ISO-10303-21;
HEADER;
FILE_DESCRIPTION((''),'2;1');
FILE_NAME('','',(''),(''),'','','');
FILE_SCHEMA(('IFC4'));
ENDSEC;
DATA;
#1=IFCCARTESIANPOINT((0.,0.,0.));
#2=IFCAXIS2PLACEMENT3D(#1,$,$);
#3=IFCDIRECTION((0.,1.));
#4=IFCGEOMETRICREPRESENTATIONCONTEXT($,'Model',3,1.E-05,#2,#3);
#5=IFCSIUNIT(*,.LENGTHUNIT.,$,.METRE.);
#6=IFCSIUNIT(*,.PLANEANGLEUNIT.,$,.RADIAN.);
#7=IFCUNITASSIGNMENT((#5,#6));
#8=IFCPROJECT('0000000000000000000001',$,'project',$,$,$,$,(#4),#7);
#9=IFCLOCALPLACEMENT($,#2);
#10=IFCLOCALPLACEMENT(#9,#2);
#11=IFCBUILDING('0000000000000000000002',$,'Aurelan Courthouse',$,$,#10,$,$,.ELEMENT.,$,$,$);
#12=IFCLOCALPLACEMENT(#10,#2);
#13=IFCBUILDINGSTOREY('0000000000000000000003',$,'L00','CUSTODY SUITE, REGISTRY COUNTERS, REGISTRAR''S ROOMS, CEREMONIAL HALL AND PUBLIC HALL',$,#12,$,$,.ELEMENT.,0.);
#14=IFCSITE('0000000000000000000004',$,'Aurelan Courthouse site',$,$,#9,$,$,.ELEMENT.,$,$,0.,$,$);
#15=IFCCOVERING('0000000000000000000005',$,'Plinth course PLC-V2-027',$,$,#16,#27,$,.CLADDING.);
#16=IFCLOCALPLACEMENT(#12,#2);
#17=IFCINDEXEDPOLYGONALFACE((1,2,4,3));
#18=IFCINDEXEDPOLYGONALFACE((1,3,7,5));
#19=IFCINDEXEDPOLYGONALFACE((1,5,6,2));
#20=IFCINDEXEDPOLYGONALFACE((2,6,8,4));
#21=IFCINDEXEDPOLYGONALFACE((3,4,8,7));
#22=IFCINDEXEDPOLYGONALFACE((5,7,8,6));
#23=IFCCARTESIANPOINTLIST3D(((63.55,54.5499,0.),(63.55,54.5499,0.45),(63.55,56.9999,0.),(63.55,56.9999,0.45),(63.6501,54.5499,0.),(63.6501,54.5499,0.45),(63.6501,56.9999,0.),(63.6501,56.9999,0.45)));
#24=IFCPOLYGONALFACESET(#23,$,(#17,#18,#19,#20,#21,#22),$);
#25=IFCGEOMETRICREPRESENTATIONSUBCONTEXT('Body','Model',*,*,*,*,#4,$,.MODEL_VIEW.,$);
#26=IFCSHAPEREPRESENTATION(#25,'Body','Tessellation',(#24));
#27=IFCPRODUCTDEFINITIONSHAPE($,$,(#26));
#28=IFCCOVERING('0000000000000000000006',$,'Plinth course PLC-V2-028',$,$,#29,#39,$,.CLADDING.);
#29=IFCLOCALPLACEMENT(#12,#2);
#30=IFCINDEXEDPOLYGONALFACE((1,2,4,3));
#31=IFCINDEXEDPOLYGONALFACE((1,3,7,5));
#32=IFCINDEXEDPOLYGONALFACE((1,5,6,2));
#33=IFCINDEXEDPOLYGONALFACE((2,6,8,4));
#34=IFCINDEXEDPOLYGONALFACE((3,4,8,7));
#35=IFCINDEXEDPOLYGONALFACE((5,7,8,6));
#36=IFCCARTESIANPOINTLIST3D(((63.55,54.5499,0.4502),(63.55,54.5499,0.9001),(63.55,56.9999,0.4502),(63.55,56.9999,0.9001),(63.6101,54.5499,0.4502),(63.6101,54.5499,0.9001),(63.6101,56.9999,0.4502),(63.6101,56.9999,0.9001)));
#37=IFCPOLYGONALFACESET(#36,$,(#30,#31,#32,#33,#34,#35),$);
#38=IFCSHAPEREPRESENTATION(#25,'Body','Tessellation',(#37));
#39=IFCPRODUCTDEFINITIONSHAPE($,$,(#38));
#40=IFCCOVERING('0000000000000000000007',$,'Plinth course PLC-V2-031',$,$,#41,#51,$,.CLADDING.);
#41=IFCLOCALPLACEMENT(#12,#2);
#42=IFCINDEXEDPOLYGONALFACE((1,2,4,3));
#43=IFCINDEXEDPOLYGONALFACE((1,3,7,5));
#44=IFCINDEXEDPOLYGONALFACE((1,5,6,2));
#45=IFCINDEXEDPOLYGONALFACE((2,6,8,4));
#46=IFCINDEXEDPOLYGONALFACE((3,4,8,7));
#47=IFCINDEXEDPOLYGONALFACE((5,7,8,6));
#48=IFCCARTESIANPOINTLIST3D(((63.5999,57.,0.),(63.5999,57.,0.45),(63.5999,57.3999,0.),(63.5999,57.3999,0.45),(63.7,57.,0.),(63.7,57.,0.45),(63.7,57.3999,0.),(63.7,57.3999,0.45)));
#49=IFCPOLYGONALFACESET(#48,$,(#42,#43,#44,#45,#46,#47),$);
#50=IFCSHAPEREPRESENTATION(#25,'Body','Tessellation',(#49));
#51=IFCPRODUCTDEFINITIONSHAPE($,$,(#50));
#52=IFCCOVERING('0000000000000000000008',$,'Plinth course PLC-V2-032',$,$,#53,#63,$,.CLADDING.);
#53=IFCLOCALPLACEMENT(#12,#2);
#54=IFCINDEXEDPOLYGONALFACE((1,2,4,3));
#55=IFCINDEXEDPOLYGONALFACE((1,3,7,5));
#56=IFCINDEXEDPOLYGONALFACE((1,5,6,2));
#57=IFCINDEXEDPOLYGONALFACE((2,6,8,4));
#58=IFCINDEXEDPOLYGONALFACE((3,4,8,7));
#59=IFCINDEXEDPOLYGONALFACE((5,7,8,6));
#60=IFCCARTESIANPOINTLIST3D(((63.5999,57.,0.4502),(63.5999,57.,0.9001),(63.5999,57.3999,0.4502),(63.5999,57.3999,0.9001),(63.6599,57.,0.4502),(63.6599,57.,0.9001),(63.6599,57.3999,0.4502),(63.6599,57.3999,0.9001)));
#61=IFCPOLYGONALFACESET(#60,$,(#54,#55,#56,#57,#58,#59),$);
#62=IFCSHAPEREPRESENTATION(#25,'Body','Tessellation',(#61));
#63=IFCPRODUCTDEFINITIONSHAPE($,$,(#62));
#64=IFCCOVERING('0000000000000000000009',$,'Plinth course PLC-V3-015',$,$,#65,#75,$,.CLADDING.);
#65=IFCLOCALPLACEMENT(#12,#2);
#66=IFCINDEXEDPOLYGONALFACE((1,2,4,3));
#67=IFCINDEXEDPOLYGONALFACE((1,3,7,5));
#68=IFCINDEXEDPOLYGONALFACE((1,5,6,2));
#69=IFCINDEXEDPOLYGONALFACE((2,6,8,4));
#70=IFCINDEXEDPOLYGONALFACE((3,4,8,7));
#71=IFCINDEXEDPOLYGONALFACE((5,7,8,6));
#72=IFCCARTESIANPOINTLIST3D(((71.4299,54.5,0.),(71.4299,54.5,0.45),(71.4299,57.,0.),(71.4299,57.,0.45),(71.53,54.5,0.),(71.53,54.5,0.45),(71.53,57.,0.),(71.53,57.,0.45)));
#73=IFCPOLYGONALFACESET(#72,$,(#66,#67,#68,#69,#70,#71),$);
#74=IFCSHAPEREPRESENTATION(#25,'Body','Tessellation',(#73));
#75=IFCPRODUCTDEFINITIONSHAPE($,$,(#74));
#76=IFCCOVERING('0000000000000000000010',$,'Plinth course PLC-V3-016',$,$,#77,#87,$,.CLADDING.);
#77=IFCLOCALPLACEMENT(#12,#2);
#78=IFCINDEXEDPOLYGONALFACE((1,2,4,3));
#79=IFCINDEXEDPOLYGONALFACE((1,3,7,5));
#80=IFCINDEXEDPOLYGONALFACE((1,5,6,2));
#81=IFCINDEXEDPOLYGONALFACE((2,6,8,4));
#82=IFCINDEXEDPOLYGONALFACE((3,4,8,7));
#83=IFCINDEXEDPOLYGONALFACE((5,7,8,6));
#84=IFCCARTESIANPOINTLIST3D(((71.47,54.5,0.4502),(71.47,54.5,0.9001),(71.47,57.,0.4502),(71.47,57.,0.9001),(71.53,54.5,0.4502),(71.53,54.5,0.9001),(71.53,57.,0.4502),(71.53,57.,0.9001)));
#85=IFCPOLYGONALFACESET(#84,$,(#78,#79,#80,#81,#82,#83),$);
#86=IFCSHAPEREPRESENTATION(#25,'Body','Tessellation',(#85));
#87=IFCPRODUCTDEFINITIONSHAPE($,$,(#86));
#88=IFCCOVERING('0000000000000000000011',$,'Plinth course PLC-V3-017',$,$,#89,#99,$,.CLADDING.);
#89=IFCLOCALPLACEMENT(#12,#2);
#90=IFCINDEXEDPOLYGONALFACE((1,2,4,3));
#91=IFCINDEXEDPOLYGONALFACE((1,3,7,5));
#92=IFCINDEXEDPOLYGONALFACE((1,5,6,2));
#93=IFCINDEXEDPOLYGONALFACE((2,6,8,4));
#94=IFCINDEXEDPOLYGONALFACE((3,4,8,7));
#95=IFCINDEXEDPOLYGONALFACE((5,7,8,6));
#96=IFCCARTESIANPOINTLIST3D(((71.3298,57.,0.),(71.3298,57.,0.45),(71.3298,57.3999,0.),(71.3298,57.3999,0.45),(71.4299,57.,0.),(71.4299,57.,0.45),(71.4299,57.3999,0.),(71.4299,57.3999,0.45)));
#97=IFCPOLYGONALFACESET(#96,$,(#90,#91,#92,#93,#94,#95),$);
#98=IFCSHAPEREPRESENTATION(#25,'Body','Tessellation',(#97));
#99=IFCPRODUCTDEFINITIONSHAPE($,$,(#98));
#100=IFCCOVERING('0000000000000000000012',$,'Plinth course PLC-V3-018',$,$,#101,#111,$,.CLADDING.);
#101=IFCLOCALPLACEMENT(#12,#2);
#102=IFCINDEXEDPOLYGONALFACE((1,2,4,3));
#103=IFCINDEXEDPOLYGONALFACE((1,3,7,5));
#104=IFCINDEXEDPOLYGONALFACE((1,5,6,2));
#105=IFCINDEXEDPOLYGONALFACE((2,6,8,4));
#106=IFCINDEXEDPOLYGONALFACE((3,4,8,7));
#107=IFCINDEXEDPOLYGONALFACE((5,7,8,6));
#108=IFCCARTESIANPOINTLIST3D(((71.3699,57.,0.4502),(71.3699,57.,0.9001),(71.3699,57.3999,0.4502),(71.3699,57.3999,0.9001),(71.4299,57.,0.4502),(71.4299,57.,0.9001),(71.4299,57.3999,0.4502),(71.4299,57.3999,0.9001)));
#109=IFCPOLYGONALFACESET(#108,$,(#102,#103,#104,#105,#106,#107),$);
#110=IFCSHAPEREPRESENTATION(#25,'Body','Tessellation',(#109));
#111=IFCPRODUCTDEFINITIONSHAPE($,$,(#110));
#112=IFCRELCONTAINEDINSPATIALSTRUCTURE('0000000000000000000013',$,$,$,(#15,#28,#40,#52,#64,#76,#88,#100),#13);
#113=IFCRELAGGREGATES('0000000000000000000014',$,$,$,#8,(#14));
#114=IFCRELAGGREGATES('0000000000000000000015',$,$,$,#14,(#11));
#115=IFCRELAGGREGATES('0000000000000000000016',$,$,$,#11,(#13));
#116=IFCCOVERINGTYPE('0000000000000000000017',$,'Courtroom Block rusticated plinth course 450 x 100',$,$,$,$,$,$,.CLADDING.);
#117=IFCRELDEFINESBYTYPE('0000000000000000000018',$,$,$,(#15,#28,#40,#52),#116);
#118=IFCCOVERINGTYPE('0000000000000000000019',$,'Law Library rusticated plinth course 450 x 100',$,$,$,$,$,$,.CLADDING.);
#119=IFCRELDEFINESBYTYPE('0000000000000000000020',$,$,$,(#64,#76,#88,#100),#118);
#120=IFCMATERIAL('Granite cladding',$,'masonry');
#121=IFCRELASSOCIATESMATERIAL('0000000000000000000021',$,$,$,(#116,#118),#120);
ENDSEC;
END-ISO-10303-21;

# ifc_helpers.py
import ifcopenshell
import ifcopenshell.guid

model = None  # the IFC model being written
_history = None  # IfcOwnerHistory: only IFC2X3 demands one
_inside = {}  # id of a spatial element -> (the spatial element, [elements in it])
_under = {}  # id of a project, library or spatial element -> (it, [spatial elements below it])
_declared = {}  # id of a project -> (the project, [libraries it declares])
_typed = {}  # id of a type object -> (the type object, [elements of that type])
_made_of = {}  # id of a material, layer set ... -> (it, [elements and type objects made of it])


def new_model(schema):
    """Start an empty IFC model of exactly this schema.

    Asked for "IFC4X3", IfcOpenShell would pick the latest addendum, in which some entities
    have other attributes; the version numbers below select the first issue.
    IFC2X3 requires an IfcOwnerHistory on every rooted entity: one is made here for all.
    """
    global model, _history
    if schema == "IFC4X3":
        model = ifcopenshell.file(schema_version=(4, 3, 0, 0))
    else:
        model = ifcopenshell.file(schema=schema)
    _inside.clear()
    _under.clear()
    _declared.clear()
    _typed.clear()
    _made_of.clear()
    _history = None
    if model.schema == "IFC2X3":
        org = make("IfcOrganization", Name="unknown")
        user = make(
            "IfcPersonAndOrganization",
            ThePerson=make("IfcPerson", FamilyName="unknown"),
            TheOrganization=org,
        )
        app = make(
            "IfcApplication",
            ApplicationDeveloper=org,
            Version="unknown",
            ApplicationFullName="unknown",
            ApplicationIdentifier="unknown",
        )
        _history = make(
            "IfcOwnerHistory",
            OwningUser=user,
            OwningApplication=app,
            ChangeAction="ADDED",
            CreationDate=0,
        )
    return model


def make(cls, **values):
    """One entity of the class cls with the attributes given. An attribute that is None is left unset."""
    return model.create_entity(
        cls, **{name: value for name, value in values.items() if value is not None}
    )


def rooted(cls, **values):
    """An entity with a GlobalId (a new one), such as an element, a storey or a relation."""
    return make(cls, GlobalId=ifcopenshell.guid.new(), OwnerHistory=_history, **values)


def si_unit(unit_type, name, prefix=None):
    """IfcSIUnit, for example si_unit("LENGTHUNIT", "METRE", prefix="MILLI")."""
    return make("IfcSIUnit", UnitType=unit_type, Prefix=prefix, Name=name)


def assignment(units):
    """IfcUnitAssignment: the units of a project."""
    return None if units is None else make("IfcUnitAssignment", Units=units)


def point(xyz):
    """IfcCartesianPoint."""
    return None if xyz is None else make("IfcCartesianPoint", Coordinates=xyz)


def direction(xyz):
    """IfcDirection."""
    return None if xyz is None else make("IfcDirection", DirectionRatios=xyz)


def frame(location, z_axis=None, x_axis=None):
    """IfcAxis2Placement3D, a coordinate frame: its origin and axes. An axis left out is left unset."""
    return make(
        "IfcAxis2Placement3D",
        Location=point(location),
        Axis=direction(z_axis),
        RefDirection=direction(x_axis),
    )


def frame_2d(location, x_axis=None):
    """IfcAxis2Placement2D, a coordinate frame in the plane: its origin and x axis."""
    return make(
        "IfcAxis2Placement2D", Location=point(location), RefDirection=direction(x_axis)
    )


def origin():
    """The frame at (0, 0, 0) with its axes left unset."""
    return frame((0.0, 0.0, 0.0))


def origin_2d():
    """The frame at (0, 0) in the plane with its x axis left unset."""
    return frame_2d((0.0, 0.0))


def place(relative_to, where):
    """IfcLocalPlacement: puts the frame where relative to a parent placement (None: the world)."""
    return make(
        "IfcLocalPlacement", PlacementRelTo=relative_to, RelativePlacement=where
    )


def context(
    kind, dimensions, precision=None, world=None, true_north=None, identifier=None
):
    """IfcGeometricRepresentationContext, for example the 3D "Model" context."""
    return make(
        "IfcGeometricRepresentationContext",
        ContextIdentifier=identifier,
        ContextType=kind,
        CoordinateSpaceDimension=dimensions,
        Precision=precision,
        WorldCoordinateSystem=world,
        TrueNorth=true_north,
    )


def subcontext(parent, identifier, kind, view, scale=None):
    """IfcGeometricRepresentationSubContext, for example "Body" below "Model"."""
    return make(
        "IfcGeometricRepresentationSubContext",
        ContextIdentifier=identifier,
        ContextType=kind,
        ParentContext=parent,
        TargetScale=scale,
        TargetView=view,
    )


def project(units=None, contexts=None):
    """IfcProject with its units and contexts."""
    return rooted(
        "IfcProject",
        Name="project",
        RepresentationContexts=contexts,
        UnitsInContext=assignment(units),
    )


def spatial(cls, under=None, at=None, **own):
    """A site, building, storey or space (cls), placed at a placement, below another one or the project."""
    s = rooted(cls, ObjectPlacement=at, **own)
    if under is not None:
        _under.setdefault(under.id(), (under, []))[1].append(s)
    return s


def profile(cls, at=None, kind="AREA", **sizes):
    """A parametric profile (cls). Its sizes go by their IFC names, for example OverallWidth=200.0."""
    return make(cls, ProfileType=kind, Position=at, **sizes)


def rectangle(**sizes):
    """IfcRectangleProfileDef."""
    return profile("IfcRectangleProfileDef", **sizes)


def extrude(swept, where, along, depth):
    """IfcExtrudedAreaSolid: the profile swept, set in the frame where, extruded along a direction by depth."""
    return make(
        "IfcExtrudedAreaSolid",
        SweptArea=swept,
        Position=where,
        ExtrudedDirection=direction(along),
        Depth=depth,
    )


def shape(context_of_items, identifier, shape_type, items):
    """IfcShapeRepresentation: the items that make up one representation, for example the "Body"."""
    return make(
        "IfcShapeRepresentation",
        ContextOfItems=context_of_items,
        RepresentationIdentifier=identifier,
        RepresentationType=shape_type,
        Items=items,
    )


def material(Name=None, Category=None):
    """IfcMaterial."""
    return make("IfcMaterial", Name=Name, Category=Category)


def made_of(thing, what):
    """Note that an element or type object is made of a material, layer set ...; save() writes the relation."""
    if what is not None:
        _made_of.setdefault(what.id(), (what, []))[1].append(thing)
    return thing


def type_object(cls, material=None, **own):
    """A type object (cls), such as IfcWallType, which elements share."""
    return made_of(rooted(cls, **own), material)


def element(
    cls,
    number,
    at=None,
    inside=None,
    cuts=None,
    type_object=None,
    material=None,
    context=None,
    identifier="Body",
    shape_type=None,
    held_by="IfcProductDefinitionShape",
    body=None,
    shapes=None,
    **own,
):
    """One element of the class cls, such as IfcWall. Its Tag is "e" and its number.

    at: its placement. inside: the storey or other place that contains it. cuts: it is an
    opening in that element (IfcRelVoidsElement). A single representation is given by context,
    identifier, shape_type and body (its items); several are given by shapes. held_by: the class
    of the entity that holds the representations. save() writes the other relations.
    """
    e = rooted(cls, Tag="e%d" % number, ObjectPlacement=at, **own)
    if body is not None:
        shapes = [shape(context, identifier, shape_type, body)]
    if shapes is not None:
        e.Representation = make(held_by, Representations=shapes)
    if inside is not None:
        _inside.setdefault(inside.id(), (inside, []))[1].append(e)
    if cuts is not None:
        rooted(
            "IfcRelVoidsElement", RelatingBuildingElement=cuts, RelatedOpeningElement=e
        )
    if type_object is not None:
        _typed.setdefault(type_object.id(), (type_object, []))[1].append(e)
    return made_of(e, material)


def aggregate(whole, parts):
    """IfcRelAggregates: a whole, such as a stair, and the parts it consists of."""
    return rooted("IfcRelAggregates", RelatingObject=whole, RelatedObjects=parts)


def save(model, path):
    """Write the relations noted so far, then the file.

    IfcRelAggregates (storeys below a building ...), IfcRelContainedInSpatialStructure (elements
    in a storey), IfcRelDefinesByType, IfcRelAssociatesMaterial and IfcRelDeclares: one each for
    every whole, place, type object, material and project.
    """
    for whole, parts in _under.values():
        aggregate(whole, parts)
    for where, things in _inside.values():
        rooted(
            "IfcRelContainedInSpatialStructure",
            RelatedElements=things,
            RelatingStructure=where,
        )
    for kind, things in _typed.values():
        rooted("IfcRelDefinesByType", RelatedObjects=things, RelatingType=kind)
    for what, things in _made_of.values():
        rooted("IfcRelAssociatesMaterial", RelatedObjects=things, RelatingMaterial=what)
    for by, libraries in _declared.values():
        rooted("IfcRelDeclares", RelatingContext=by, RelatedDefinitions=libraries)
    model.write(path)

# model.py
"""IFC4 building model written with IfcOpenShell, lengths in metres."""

from ifc_helpers import new_model, si_unit, direction, frame, origin, origin_2d, place, context, subcontext, project, spatial, rectangle, extrude, material, type_object, element, save


model = new_model("IFC4")

# Units and contexts
model_context = context("Model", 3, precision=1e-05, world=origin(), true_north=direction((0.0, 1.0)))
body_context = subcontext(model_context, "Body", "Model", "MODEL_VIEW")
ifc_project = project(units=[si_unit("LENGTHUNIT", "METRE"), si_unit("PLANEANGLEUNIT", "RADIAN")], contexts=[model_context])

# Site, building, storey
site_placement = place(None, origin())
site = spatial("IfcSite", under=ifc_project, at=site_placement, Name="Aurelan Courthouse site", CompositionType="ELEMENT", RefElevation=0.0)
building_placement = place(site_placement, origin())
building = spatial("IfcBuilding", under=site, at=building_placement, Name="Aurelan Courthouse", CompositionType="ELEMENT")
storey_placement = place(building_placement, origin())
storey = spatial("IfcBuildingStorey", under=building, at=storey_placement, Name="L00", Description="CUSTODY SUITE, REGISTRY COUNTERS, REGISTRAR'S ROOMS, CEREMONIAL HALL AND PUBLIC HALL", CompositionType="ELEMENT", Elevation=0.0)

# Shared definitions
ifc_material_1 = material(Name="Granite cladding", Category="masonry")

# Coverings
covering_type_1 = type_object("IfcCoveringType", Name="Courtroom Block rusticated plinth course 450 x 100", PredefinedType="CLADDING", material=ifc_material_1)
covering_1_placement = place(storey_placement, frame((63.6001, 55.7749, 0.0), z_axis=(0.0, 0.0, 1.0), x_axis=(1.0, 0.0, 0.0)))
element("IfcCovering", 1, at=covering_1_placement, inside=storey, type_object=covering_type_1, Name="Plinth course PLC-V2-027", PredefinedType="CLADDING", context=body_context, shape_type="SweptSolid", body=[
    extrude(rectangle(XDim=0.1001, YDim=2.45, at=origin_2d()), origin(), (0.0, 0.0, 1.0), 0.45),
])
covering_2_placement = place(storey_placement, frame((63.5801, 55.7749, 0.4502), z_axis=(0.0, 0.0, 1.0), x_axis=(1.0, 0.0, 0.0)))
element("IfcCovering", 2, at=covering_2_placement, inside=storey, type_object=covering_type_1, Name="Plinth course PLC-V2-028", PredefinedType="CLADDING", context=body_context, shape_type="SweptSolid", body=[
    extrude(rectangle(XDim=0.0601, YDim=2.45, at=origin_2d()), origin(), (0.0, 0.0, 1.0), 0.45),
])
covering_3_placement = place(storey_placement, frame((63.6499, 57.2, 0.0), z_axis=(0.0, 0.0, 1.0), x_axis=(1.0, 0.0, 0.0)))
element("IfcCovering", 3, at=covering_3_placement, inside=storey, type_object=covering_type_1, Name="Plinth course PLC-V2-031", PredefinedType="CLADDING", context=body_context, shape_type="SweptSolid", body=[
    extrude(rectangle(XDim=0.1001, YDim=0.3999, at=origin_2d()), origin(), (0.0, 0.0, 1.0), 0.45),
])
covering_4_placement = place(storey_placement, frame((63.6299, 57.2, 0.4502), z_axis=(0.0, 0.0, 1.0), x_axis=(1.0, 0.0, 0.0)))
element("IfcCovering", 4, at=covering_4_placement, inside=storey, type_object=covering_type_1, Name="Plinth course PLC-V2-032", PredefinedType="CLADDING", context=body_context, shape_type="SweptSolid", body=[
    extrude(rectangle(XDim=0.0601, YDim=0.3999, at=origin_2d()), origin(), (0.0, 0.0, 1.0), 0.45),
])
covering_type_2 = type_object("IfcCoveringType", Name="Law Library rusticated plinth course 450 x 100", PredefinedType="CLADDING", material=ifc_material_1)
covering_5_placement = place(storey_placement, frame((71.48, 55.75, 0.0), z_axis=(0.0, 0.0, 1.0), x_axis=(1.0, 0.0, 0.0)))
element("IfcCovering", 5, at=covering_5_placement, inside=storey, type_object=covering_type_2, Name="Plinth course PLC-V3-015", PredefinedType="CLADDING", context=body_context, shape_type="SweptSolid", body=[
    extrude(rectangle(XDim=0.1001, YDim=2.5, at=origin_2d()), origin(), (0.0, 0.0, 1.0), 0.45),
])
covering_6_placement = place(storey_placement, frame((71.5, 55.75, 0.4502), z_axis=(0.0, 0.0, 1.0), x_axis=(1.0, 0.0, 0.0)))
element("IfcCovering", 6, at=covering_6_placement, inside=storey, type_object=covering_type_2, Name="Plinth course PLC-V3-016", PredefinedType="CLADDING", context=body_context, shape_type="SweptSolid", body=[
    extrude(rectangle(XDim=0.0601, YDim=2.5, at=origin_2d()), origin(), (0.0, 0.0, 1.0), 0.45),
])
covering_7_placement = place(storey_placement, frame((71.3799, 57.2, 0.0), z_axis=(0.0, 0.0, 1.0), x_axis=(1.0, 0.0, 0.0)))
element("IfcCovering", 7, at=covering_7_placement, inside=storey, type_object=covering_type_2, Name="Plinth course PLC-V3-017", PredefinedType="CLADDING", context=body_context, shape_type="SweptSolid", body=[
    extrude(rectangle(XDim=0.1001, YDim=0.3999, at=origin_2d()), origin(), (0.0, 0.0, 1.0), 0.45),
])
covering_8_placement = place(storey_placement, frame((71.3999, 57.2, 0.4502), z_axis=(0.0, 0.0, 1.0), x_axis=(1.0, 0.0, 0.0)))
element("IfcCovering", 8, at=covering_8_placement, inside=storey, type_object=covering_type_2, Name="Plinth course PLC-V3-018", PredefinedType="CLADDING", context=body_context, shape_type="SweptSolid", body=[
    extrude(rectangle(XDim=0.0601, YDim=0.3999, at=origin_2d()), origin(), (0.0, 0.0, 1.0), 0.45),
])

save(model, "model.ifc")
